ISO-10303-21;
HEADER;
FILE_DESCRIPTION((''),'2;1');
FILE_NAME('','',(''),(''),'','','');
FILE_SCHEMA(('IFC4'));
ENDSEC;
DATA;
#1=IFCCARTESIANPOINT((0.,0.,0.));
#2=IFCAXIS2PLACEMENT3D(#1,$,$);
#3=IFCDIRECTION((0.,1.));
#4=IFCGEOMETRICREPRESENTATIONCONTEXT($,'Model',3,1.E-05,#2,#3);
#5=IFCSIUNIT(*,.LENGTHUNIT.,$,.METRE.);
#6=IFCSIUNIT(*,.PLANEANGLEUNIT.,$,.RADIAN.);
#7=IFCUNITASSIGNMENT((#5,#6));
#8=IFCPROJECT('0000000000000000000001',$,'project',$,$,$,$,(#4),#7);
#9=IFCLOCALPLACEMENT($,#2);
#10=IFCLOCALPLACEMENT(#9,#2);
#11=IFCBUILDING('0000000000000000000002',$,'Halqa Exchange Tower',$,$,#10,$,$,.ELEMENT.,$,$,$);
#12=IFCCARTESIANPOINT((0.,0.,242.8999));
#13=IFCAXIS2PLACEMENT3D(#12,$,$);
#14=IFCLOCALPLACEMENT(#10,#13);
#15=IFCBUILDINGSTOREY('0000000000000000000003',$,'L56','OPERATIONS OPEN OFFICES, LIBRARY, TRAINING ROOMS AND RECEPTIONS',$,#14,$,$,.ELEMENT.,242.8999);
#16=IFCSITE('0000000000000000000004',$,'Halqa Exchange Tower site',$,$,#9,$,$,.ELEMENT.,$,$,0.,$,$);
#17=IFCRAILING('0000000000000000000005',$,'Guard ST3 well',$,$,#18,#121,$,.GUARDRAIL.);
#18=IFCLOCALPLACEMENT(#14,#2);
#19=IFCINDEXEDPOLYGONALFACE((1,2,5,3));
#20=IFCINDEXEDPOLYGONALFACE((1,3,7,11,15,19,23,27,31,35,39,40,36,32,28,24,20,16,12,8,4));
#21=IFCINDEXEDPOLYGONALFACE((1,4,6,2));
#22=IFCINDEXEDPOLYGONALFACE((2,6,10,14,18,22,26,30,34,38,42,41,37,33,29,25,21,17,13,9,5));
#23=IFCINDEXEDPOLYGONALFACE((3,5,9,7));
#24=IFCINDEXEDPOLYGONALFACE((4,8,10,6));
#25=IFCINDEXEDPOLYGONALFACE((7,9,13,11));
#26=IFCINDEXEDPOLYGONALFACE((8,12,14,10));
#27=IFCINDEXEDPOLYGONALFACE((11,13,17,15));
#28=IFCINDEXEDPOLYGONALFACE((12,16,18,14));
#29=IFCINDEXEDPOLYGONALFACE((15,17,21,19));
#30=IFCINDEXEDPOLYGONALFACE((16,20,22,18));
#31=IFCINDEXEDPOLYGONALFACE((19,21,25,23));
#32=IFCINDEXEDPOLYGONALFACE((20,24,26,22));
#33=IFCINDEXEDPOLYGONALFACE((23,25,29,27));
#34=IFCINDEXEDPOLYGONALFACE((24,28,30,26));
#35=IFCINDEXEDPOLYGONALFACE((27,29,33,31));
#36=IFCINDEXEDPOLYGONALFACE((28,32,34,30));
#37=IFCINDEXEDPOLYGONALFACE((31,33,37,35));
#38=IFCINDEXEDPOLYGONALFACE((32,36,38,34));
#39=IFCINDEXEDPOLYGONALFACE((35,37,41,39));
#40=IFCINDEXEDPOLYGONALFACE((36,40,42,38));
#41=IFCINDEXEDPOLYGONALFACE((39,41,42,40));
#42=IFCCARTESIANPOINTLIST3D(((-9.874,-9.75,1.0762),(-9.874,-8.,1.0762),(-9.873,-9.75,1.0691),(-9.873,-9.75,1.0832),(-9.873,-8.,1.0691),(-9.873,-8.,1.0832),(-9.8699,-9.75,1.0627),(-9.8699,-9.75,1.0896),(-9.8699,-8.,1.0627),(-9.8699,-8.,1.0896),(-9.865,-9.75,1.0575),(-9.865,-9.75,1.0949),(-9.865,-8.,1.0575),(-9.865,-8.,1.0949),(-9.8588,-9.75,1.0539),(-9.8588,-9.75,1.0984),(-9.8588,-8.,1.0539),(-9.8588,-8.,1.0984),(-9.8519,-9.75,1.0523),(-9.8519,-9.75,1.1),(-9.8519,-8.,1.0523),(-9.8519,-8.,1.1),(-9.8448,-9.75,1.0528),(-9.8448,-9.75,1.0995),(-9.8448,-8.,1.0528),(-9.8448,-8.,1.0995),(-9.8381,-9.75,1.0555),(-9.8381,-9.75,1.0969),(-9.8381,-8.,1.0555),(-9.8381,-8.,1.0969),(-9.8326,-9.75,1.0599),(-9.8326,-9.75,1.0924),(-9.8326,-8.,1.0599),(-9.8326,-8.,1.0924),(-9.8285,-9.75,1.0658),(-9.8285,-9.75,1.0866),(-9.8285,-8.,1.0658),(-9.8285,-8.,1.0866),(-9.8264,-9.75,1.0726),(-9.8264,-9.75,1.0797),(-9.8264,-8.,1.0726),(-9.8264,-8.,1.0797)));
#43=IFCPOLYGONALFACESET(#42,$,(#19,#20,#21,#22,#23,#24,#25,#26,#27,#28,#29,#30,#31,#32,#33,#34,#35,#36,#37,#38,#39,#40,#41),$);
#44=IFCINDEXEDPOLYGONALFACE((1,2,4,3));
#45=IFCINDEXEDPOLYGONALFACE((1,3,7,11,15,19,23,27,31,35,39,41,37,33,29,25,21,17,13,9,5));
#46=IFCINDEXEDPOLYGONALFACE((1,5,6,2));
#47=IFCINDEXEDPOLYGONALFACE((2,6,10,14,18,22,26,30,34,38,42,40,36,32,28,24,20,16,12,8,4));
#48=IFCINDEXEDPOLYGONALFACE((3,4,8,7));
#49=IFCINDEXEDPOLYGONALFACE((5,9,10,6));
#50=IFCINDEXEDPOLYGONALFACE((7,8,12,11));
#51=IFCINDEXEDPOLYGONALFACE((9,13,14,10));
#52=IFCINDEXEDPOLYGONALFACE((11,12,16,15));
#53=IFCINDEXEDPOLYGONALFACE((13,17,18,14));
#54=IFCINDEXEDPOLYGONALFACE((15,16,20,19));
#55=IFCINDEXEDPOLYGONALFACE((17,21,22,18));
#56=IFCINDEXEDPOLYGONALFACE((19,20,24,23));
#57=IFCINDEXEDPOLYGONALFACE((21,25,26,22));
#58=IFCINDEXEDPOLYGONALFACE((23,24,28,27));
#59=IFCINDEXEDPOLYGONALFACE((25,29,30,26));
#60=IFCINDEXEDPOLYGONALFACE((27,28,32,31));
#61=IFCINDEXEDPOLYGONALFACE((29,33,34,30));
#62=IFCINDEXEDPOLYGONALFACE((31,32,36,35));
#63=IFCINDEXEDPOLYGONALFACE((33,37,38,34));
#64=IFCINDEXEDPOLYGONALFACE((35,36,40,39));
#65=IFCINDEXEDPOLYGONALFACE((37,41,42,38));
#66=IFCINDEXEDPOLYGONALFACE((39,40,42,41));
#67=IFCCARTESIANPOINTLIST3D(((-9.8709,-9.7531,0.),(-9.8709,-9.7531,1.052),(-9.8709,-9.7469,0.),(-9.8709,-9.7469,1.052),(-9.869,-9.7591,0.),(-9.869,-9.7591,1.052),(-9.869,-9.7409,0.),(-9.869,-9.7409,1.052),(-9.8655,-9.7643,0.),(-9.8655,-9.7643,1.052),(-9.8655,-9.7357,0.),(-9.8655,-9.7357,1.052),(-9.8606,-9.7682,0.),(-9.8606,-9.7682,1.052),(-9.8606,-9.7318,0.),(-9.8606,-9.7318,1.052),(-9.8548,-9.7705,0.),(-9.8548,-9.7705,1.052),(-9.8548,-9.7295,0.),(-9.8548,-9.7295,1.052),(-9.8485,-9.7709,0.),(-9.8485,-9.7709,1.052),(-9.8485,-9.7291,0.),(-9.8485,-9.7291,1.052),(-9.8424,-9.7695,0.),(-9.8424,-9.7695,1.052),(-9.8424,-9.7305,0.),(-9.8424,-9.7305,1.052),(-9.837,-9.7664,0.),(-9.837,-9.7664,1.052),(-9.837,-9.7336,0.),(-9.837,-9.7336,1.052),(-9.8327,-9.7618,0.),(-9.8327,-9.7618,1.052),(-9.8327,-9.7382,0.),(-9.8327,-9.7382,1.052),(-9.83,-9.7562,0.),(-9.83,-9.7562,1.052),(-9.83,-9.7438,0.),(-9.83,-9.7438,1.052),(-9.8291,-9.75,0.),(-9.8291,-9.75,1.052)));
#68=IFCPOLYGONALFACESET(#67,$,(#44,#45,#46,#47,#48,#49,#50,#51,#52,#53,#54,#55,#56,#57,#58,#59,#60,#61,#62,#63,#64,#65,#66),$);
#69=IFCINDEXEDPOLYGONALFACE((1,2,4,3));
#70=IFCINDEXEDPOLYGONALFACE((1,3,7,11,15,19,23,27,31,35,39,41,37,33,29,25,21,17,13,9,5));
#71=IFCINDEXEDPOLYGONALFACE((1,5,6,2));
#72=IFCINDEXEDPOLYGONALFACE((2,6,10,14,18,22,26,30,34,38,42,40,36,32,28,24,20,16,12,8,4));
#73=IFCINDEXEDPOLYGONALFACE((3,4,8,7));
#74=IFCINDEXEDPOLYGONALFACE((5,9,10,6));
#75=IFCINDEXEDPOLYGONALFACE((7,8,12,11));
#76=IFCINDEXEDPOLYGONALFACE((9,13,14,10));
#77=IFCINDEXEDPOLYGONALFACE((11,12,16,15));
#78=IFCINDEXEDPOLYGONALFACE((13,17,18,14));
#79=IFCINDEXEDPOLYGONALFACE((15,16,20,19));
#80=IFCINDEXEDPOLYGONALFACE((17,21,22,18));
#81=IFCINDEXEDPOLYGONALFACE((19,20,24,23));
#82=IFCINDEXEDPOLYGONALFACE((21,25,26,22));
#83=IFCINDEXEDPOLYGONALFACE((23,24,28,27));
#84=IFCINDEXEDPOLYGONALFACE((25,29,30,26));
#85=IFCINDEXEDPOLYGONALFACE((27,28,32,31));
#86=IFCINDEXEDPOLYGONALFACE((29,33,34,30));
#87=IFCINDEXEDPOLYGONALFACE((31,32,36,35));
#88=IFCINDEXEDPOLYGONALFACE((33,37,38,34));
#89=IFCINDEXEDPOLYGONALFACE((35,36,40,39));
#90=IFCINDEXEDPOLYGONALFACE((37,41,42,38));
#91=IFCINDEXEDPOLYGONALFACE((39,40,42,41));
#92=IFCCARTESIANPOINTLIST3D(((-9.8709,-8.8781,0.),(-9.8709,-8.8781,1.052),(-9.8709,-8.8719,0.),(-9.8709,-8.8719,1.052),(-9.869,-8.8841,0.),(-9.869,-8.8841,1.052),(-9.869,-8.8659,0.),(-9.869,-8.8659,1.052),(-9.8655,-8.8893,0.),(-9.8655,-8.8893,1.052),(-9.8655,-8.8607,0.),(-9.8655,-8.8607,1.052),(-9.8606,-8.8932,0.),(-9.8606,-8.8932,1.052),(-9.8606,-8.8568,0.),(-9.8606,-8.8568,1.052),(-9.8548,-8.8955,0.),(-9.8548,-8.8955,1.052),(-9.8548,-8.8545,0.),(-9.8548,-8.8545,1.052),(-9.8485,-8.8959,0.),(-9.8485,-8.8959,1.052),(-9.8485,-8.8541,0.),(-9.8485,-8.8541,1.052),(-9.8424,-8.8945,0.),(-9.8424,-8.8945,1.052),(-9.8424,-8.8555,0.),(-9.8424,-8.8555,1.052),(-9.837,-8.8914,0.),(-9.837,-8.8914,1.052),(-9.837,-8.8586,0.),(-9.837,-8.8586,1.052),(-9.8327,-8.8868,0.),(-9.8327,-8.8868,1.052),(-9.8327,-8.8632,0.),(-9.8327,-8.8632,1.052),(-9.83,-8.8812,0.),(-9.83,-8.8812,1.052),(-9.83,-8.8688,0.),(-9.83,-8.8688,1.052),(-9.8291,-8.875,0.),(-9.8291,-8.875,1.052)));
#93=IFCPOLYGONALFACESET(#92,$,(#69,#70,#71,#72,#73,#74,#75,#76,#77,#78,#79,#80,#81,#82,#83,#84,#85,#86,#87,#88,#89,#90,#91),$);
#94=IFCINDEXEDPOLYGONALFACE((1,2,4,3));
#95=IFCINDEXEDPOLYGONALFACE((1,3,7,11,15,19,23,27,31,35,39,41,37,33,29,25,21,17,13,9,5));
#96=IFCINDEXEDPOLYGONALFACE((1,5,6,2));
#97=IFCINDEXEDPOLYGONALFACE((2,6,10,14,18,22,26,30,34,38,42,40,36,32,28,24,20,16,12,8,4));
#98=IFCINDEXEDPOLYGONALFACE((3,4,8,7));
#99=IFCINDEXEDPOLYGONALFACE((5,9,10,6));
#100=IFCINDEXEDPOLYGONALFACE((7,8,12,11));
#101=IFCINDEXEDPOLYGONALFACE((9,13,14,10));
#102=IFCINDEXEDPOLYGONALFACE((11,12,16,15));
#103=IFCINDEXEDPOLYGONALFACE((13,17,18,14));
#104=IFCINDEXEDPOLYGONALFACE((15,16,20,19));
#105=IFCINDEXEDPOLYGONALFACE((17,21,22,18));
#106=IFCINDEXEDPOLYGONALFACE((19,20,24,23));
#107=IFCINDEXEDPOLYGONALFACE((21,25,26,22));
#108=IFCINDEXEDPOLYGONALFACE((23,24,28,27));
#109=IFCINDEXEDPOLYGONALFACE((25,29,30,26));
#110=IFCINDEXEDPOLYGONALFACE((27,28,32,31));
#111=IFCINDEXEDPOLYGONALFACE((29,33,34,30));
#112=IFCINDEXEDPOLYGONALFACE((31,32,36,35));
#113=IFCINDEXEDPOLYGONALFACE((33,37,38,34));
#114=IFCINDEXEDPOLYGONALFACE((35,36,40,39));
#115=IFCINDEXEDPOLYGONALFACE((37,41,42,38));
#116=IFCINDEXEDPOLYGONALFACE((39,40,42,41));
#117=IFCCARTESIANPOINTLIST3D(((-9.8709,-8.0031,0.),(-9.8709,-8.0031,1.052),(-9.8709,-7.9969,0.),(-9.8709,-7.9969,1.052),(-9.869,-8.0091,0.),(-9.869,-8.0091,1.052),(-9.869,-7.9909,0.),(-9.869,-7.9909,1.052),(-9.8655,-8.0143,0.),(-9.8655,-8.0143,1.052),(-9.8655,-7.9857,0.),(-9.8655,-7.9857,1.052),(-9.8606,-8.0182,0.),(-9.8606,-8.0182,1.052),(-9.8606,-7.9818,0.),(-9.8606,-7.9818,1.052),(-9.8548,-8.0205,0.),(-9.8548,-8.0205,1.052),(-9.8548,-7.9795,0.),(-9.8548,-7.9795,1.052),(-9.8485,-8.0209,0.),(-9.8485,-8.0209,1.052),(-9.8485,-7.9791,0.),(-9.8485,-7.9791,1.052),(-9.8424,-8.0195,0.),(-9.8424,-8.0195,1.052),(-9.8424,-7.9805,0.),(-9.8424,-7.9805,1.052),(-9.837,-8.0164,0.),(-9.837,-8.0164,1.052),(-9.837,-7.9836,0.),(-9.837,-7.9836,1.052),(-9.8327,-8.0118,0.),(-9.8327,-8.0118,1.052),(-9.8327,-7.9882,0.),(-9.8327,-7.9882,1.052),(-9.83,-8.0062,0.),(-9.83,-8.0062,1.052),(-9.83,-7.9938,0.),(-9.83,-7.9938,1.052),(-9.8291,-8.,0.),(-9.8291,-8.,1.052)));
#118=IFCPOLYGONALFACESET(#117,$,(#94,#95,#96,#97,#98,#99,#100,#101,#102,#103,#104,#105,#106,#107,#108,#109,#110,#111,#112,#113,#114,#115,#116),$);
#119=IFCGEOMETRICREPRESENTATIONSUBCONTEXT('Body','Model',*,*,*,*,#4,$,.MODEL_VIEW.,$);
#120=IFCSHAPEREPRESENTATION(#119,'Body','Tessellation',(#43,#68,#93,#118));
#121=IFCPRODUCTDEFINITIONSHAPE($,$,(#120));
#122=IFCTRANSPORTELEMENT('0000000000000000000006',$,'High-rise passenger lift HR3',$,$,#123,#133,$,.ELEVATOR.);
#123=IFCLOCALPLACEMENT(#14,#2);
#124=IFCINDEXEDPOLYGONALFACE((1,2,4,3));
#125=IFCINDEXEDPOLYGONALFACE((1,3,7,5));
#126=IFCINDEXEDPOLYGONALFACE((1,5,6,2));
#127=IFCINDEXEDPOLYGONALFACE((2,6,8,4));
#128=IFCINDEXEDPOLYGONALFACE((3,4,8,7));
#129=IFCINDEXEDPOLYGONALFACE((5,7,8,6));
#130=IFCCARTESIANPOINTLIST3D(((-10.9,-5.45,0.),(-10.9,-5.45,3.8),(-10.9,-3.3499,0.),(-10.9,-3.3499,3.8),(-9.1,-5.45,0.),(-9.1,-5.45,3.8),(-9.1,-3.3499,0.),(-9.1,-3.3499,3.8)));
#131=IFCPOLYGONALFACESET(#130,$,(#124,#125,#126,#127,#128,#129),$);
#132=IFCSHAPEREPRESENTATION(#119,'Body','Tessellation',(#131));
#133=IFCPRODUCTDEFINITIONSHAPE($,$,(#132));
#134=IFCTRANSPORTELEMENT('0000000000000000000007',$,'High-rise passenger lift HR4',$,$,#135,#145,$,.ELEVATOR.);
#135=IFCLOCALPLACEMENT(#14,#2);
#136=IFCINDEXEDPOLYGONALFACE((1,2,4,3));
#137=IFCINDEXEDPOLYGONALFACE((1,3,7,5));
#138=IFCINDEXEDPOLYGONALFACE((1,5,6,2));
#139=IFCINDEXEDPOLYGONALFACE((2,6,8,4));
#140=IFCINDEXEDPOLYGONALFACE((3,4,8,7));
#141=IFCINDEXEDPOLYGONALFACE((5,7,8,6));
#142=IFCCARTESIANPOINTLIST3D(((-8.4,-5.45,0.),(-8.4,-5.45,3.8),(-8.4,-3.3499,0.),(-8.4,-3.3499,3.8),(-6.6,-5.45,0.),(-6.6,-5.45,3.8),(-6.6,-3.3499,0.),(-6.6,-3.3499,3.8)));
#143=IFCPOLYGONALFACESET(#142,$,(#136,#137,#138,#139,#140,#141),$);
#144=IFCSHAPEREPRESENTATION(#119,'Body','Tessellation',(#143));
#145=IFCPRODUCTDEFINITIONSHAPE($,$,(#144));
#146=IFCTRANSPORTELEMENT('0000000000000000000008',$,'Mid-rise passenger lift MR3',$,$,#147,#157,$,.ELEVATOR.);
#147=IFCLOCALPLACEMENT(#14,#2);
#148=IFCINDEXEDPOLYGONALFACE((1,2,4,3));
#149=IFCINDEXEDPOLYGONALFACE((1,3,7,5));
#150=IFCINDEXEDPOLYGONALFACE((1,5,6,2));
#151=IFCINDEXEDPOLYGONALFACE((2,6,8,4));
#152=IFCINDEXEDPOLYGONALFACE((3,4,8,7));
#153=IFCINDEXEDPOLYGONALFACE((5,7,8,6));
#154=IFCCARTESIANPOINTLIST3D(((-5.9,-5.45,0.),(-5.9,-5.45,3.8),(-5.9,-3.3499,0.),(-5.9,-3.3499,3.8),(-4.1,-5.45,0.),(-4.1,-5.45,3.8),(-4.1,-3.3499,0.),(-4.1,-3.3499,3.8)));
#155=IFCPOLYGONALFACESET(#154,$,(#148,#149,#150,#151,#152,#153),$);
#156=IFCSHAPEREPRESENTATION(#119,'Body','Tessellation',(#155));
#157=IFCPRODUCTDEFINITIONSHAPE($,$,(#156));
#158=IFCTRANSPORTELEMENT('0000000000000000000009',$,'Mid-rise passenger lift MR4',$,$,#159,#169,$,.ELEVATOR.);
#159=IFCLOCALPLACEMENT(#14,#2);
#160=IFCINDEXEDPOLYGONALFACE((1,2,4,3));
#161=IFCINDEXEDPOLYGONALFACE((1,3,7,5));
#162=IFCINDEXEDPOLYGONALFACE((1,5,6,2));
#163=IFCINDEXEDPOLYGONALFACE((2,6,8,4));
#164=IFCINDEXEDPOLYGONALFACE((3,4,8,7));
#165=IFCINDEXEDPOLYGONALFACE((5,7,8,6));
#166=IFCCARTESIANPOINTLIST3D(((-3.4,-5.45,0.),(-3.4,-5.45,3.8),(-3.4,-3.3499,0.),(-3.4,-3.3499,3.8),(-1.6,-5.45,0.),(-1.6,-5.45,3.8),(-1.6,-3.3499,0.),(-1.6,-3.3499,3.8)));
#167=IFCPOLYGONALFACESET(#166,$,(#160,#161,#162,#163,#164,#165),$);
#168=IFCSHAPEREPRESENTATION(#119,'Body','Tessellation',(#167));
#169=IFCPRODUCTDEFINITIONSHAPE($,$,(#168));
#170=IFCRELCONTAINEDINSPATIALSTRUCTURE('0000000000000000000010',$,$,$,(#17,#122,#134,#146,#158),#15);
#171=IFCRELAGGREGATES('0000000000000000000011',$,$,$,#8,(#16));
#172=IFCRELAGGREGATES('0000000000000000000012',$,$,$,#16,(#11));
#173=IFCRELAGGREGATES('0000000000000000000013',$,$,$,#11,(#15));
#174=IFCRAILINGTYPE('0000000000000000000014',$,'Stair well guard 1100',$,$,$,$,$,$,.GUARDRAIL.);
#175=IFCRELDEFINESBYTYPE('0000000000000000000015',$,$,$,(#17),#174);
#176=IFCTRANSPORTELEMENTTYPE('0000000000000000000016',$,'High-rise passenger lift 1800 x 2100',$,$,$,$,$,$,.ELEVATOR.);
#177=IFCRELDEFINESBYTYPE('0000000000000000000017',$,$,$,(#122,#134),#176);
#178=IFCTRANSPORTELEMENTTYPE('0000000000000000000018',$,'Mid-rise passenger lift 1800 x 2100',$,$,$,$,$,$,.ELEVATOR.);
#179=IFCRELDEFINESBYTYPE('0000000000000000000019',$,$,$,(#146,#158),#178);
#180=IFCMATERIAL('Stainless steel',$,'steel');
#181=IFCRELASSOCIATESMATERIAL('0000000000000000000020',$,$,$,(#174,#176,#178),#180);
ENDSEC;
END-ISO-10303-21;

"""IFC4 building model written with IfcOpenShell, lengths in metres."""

from ifc_helpers import new_model, si_unit, direction, frame, origin, origin_2d, place, context, subcontext, project, spatial, rectangle, circle, extrude, material, type_object, element, save


model = new_model("IFC4")

# Units and contexts
model_context = context("Model", 3, precision=1e-05, world=origin(), true_north=direction((0.0, 1.0)))
body_context = subcontext(model_context, "Body", "Model", "MODEL_VIEW")
ifc_project = project(units=[si_unit("LENGTHUNIT", "METRE"), si_unit("PLANEANGLEUNIT", "RADIAN")], contexts=[model_context])

# Site, building, storey
site_placement = place(None, origin())
site = spatial("IfcSite", under=ifc_project, at=site_placement, Name="Halqa Exchange Tower site", CompositionType="ELEMENT", RefElevation=0.0)
building_placement = place(site_placement, origin())
building = spatial("IfcBuilding", under=site, at=building_placement, Name="Halqa Exchange Tower", CompositionType="ELEMENT")
storey_placement = place(building_placement, frame((0.0, 0.0, 242.8999)))
storey = spatial("IfcBuildingStorey", under=building, at=storey_placement, Name="L56", Description="OPERATIONS OPEN OFFICES, LIBRARY, TRAINING ROOMS AND RECEPTIONS", CompositionType="ELEMENT", Elevation=242.8999)

# Shared definitions
ifc_material_1 = material(Name="Stainless steel", Category="steel")

# Railing
railing_type_1 = type_object("IfcRailingType", Name="Stair well guard 1100", PredefinedType="GUARDRAIL", material=ifc_material_1)
railing_1_placement = place(storey_placement, frame((-9.8501, -9.75, 0.0)))
element("IfcRailing", 1, at=railing_1_placement, inside=storey, type_object=railing_type_1, Name="Guard ST3 well", PredefinedType="GUARDRAIL", context=body_context, shape_type="SweptSolid", body=[
    extrude(circle(Radius=0.0239, at=origin_2d()), frame((0.0, 0.0, 1.0762), z_axis=(0.0, 1.0, 0.0), x_axis=(-1.0, 0.0, 0.0)), (0.0, 0.0, 1.0), 1.75),
    extrude(circle(Radius=0.021, at=origin_2d()), origin(), (0.0, 0.0, 1.0), 1.052),
    extrude(circle(Radius=0.021, at=origin_2d()), frame((0.0, 0.875, 0.0)), (0.0, 0.0, 1.0), 1.052),
    extrude(circle(Radius=0.021, at=origin_2d()), frame((0.0, 1.75, 0.0)), (0.0, 0.0, 1.0), 1.052),
])

# Transport elements
transport_element_type_1 = type_object("IfcTransportElementType", Name="High-rise passenger lift 1800 x 2100", PredefinedType="ELEVATOR", material=ifc_material_1)
for number, where, z_axis, x_axis, name in (
    (2, (-10.0, -4.3999, 0.0), (0.0, 0.0, 1.0), (1.0, 0.0, 0.0), "High-rise passenger lift HR3"),
    (3, (-7.5, -4.3999, 0.0), (0.0, 0.0, 1.0), (1.0, 0.0, 0.0), "High-rise passenger lift HR4"),
):
    element("IfcTransportElement", number, at=place(storey_placement, frame(where, z_axis=z_axis, x_axis=x_axis)), inside=storey, type_object=transport_element_type_1, Name=name, PredefinedType="ELEVATOR", context=body_context, shape_type="SweptSolid", body=[
        extrude(rectangle(XDim=1.8, YDim=2.1001, at=origin_2d()), origin(), (0.0, 0.0, 1.0), 3.8),
    ])
transport_element_type_2 = type_object("IfcTransportElementType", Name="Mid-rise passenger lift 1800 x 2100", PredefinedType="ELEVATOR", material=ifc_material_1)
for number, where, z_axis, x_axis, name in (
    (4, (-5.0, -4.3999, 0.0), (0.0, 0.0, 1.0), (1.0, 0.0, 0.0), "Mid-rise passenger lift MR3"),
    (5, (-2.5, -4.3999, 0.0), (0.0, 0.0, 1.0), (1.0, 0.0, 0.0), "Mid-rise passenger lift MR4"),
):
    element("IfcTransportElement", number, at=place(storey_placement, frame(where, z_axis=z_axis, x_axis=x_axis)), inside=storey, type_object=transport_element_type_2, Name=name, PredefinedType="ELEVATOR", context=body_context, shape_type="SweptSolid", body=[
        extrude(rectangle(XDim=1.8, YDim=2.1001, at=origin_2d()), origin(), (0.0, 0.0, 1.0), 3.8),
    ])

save(model, "model.ifc")
